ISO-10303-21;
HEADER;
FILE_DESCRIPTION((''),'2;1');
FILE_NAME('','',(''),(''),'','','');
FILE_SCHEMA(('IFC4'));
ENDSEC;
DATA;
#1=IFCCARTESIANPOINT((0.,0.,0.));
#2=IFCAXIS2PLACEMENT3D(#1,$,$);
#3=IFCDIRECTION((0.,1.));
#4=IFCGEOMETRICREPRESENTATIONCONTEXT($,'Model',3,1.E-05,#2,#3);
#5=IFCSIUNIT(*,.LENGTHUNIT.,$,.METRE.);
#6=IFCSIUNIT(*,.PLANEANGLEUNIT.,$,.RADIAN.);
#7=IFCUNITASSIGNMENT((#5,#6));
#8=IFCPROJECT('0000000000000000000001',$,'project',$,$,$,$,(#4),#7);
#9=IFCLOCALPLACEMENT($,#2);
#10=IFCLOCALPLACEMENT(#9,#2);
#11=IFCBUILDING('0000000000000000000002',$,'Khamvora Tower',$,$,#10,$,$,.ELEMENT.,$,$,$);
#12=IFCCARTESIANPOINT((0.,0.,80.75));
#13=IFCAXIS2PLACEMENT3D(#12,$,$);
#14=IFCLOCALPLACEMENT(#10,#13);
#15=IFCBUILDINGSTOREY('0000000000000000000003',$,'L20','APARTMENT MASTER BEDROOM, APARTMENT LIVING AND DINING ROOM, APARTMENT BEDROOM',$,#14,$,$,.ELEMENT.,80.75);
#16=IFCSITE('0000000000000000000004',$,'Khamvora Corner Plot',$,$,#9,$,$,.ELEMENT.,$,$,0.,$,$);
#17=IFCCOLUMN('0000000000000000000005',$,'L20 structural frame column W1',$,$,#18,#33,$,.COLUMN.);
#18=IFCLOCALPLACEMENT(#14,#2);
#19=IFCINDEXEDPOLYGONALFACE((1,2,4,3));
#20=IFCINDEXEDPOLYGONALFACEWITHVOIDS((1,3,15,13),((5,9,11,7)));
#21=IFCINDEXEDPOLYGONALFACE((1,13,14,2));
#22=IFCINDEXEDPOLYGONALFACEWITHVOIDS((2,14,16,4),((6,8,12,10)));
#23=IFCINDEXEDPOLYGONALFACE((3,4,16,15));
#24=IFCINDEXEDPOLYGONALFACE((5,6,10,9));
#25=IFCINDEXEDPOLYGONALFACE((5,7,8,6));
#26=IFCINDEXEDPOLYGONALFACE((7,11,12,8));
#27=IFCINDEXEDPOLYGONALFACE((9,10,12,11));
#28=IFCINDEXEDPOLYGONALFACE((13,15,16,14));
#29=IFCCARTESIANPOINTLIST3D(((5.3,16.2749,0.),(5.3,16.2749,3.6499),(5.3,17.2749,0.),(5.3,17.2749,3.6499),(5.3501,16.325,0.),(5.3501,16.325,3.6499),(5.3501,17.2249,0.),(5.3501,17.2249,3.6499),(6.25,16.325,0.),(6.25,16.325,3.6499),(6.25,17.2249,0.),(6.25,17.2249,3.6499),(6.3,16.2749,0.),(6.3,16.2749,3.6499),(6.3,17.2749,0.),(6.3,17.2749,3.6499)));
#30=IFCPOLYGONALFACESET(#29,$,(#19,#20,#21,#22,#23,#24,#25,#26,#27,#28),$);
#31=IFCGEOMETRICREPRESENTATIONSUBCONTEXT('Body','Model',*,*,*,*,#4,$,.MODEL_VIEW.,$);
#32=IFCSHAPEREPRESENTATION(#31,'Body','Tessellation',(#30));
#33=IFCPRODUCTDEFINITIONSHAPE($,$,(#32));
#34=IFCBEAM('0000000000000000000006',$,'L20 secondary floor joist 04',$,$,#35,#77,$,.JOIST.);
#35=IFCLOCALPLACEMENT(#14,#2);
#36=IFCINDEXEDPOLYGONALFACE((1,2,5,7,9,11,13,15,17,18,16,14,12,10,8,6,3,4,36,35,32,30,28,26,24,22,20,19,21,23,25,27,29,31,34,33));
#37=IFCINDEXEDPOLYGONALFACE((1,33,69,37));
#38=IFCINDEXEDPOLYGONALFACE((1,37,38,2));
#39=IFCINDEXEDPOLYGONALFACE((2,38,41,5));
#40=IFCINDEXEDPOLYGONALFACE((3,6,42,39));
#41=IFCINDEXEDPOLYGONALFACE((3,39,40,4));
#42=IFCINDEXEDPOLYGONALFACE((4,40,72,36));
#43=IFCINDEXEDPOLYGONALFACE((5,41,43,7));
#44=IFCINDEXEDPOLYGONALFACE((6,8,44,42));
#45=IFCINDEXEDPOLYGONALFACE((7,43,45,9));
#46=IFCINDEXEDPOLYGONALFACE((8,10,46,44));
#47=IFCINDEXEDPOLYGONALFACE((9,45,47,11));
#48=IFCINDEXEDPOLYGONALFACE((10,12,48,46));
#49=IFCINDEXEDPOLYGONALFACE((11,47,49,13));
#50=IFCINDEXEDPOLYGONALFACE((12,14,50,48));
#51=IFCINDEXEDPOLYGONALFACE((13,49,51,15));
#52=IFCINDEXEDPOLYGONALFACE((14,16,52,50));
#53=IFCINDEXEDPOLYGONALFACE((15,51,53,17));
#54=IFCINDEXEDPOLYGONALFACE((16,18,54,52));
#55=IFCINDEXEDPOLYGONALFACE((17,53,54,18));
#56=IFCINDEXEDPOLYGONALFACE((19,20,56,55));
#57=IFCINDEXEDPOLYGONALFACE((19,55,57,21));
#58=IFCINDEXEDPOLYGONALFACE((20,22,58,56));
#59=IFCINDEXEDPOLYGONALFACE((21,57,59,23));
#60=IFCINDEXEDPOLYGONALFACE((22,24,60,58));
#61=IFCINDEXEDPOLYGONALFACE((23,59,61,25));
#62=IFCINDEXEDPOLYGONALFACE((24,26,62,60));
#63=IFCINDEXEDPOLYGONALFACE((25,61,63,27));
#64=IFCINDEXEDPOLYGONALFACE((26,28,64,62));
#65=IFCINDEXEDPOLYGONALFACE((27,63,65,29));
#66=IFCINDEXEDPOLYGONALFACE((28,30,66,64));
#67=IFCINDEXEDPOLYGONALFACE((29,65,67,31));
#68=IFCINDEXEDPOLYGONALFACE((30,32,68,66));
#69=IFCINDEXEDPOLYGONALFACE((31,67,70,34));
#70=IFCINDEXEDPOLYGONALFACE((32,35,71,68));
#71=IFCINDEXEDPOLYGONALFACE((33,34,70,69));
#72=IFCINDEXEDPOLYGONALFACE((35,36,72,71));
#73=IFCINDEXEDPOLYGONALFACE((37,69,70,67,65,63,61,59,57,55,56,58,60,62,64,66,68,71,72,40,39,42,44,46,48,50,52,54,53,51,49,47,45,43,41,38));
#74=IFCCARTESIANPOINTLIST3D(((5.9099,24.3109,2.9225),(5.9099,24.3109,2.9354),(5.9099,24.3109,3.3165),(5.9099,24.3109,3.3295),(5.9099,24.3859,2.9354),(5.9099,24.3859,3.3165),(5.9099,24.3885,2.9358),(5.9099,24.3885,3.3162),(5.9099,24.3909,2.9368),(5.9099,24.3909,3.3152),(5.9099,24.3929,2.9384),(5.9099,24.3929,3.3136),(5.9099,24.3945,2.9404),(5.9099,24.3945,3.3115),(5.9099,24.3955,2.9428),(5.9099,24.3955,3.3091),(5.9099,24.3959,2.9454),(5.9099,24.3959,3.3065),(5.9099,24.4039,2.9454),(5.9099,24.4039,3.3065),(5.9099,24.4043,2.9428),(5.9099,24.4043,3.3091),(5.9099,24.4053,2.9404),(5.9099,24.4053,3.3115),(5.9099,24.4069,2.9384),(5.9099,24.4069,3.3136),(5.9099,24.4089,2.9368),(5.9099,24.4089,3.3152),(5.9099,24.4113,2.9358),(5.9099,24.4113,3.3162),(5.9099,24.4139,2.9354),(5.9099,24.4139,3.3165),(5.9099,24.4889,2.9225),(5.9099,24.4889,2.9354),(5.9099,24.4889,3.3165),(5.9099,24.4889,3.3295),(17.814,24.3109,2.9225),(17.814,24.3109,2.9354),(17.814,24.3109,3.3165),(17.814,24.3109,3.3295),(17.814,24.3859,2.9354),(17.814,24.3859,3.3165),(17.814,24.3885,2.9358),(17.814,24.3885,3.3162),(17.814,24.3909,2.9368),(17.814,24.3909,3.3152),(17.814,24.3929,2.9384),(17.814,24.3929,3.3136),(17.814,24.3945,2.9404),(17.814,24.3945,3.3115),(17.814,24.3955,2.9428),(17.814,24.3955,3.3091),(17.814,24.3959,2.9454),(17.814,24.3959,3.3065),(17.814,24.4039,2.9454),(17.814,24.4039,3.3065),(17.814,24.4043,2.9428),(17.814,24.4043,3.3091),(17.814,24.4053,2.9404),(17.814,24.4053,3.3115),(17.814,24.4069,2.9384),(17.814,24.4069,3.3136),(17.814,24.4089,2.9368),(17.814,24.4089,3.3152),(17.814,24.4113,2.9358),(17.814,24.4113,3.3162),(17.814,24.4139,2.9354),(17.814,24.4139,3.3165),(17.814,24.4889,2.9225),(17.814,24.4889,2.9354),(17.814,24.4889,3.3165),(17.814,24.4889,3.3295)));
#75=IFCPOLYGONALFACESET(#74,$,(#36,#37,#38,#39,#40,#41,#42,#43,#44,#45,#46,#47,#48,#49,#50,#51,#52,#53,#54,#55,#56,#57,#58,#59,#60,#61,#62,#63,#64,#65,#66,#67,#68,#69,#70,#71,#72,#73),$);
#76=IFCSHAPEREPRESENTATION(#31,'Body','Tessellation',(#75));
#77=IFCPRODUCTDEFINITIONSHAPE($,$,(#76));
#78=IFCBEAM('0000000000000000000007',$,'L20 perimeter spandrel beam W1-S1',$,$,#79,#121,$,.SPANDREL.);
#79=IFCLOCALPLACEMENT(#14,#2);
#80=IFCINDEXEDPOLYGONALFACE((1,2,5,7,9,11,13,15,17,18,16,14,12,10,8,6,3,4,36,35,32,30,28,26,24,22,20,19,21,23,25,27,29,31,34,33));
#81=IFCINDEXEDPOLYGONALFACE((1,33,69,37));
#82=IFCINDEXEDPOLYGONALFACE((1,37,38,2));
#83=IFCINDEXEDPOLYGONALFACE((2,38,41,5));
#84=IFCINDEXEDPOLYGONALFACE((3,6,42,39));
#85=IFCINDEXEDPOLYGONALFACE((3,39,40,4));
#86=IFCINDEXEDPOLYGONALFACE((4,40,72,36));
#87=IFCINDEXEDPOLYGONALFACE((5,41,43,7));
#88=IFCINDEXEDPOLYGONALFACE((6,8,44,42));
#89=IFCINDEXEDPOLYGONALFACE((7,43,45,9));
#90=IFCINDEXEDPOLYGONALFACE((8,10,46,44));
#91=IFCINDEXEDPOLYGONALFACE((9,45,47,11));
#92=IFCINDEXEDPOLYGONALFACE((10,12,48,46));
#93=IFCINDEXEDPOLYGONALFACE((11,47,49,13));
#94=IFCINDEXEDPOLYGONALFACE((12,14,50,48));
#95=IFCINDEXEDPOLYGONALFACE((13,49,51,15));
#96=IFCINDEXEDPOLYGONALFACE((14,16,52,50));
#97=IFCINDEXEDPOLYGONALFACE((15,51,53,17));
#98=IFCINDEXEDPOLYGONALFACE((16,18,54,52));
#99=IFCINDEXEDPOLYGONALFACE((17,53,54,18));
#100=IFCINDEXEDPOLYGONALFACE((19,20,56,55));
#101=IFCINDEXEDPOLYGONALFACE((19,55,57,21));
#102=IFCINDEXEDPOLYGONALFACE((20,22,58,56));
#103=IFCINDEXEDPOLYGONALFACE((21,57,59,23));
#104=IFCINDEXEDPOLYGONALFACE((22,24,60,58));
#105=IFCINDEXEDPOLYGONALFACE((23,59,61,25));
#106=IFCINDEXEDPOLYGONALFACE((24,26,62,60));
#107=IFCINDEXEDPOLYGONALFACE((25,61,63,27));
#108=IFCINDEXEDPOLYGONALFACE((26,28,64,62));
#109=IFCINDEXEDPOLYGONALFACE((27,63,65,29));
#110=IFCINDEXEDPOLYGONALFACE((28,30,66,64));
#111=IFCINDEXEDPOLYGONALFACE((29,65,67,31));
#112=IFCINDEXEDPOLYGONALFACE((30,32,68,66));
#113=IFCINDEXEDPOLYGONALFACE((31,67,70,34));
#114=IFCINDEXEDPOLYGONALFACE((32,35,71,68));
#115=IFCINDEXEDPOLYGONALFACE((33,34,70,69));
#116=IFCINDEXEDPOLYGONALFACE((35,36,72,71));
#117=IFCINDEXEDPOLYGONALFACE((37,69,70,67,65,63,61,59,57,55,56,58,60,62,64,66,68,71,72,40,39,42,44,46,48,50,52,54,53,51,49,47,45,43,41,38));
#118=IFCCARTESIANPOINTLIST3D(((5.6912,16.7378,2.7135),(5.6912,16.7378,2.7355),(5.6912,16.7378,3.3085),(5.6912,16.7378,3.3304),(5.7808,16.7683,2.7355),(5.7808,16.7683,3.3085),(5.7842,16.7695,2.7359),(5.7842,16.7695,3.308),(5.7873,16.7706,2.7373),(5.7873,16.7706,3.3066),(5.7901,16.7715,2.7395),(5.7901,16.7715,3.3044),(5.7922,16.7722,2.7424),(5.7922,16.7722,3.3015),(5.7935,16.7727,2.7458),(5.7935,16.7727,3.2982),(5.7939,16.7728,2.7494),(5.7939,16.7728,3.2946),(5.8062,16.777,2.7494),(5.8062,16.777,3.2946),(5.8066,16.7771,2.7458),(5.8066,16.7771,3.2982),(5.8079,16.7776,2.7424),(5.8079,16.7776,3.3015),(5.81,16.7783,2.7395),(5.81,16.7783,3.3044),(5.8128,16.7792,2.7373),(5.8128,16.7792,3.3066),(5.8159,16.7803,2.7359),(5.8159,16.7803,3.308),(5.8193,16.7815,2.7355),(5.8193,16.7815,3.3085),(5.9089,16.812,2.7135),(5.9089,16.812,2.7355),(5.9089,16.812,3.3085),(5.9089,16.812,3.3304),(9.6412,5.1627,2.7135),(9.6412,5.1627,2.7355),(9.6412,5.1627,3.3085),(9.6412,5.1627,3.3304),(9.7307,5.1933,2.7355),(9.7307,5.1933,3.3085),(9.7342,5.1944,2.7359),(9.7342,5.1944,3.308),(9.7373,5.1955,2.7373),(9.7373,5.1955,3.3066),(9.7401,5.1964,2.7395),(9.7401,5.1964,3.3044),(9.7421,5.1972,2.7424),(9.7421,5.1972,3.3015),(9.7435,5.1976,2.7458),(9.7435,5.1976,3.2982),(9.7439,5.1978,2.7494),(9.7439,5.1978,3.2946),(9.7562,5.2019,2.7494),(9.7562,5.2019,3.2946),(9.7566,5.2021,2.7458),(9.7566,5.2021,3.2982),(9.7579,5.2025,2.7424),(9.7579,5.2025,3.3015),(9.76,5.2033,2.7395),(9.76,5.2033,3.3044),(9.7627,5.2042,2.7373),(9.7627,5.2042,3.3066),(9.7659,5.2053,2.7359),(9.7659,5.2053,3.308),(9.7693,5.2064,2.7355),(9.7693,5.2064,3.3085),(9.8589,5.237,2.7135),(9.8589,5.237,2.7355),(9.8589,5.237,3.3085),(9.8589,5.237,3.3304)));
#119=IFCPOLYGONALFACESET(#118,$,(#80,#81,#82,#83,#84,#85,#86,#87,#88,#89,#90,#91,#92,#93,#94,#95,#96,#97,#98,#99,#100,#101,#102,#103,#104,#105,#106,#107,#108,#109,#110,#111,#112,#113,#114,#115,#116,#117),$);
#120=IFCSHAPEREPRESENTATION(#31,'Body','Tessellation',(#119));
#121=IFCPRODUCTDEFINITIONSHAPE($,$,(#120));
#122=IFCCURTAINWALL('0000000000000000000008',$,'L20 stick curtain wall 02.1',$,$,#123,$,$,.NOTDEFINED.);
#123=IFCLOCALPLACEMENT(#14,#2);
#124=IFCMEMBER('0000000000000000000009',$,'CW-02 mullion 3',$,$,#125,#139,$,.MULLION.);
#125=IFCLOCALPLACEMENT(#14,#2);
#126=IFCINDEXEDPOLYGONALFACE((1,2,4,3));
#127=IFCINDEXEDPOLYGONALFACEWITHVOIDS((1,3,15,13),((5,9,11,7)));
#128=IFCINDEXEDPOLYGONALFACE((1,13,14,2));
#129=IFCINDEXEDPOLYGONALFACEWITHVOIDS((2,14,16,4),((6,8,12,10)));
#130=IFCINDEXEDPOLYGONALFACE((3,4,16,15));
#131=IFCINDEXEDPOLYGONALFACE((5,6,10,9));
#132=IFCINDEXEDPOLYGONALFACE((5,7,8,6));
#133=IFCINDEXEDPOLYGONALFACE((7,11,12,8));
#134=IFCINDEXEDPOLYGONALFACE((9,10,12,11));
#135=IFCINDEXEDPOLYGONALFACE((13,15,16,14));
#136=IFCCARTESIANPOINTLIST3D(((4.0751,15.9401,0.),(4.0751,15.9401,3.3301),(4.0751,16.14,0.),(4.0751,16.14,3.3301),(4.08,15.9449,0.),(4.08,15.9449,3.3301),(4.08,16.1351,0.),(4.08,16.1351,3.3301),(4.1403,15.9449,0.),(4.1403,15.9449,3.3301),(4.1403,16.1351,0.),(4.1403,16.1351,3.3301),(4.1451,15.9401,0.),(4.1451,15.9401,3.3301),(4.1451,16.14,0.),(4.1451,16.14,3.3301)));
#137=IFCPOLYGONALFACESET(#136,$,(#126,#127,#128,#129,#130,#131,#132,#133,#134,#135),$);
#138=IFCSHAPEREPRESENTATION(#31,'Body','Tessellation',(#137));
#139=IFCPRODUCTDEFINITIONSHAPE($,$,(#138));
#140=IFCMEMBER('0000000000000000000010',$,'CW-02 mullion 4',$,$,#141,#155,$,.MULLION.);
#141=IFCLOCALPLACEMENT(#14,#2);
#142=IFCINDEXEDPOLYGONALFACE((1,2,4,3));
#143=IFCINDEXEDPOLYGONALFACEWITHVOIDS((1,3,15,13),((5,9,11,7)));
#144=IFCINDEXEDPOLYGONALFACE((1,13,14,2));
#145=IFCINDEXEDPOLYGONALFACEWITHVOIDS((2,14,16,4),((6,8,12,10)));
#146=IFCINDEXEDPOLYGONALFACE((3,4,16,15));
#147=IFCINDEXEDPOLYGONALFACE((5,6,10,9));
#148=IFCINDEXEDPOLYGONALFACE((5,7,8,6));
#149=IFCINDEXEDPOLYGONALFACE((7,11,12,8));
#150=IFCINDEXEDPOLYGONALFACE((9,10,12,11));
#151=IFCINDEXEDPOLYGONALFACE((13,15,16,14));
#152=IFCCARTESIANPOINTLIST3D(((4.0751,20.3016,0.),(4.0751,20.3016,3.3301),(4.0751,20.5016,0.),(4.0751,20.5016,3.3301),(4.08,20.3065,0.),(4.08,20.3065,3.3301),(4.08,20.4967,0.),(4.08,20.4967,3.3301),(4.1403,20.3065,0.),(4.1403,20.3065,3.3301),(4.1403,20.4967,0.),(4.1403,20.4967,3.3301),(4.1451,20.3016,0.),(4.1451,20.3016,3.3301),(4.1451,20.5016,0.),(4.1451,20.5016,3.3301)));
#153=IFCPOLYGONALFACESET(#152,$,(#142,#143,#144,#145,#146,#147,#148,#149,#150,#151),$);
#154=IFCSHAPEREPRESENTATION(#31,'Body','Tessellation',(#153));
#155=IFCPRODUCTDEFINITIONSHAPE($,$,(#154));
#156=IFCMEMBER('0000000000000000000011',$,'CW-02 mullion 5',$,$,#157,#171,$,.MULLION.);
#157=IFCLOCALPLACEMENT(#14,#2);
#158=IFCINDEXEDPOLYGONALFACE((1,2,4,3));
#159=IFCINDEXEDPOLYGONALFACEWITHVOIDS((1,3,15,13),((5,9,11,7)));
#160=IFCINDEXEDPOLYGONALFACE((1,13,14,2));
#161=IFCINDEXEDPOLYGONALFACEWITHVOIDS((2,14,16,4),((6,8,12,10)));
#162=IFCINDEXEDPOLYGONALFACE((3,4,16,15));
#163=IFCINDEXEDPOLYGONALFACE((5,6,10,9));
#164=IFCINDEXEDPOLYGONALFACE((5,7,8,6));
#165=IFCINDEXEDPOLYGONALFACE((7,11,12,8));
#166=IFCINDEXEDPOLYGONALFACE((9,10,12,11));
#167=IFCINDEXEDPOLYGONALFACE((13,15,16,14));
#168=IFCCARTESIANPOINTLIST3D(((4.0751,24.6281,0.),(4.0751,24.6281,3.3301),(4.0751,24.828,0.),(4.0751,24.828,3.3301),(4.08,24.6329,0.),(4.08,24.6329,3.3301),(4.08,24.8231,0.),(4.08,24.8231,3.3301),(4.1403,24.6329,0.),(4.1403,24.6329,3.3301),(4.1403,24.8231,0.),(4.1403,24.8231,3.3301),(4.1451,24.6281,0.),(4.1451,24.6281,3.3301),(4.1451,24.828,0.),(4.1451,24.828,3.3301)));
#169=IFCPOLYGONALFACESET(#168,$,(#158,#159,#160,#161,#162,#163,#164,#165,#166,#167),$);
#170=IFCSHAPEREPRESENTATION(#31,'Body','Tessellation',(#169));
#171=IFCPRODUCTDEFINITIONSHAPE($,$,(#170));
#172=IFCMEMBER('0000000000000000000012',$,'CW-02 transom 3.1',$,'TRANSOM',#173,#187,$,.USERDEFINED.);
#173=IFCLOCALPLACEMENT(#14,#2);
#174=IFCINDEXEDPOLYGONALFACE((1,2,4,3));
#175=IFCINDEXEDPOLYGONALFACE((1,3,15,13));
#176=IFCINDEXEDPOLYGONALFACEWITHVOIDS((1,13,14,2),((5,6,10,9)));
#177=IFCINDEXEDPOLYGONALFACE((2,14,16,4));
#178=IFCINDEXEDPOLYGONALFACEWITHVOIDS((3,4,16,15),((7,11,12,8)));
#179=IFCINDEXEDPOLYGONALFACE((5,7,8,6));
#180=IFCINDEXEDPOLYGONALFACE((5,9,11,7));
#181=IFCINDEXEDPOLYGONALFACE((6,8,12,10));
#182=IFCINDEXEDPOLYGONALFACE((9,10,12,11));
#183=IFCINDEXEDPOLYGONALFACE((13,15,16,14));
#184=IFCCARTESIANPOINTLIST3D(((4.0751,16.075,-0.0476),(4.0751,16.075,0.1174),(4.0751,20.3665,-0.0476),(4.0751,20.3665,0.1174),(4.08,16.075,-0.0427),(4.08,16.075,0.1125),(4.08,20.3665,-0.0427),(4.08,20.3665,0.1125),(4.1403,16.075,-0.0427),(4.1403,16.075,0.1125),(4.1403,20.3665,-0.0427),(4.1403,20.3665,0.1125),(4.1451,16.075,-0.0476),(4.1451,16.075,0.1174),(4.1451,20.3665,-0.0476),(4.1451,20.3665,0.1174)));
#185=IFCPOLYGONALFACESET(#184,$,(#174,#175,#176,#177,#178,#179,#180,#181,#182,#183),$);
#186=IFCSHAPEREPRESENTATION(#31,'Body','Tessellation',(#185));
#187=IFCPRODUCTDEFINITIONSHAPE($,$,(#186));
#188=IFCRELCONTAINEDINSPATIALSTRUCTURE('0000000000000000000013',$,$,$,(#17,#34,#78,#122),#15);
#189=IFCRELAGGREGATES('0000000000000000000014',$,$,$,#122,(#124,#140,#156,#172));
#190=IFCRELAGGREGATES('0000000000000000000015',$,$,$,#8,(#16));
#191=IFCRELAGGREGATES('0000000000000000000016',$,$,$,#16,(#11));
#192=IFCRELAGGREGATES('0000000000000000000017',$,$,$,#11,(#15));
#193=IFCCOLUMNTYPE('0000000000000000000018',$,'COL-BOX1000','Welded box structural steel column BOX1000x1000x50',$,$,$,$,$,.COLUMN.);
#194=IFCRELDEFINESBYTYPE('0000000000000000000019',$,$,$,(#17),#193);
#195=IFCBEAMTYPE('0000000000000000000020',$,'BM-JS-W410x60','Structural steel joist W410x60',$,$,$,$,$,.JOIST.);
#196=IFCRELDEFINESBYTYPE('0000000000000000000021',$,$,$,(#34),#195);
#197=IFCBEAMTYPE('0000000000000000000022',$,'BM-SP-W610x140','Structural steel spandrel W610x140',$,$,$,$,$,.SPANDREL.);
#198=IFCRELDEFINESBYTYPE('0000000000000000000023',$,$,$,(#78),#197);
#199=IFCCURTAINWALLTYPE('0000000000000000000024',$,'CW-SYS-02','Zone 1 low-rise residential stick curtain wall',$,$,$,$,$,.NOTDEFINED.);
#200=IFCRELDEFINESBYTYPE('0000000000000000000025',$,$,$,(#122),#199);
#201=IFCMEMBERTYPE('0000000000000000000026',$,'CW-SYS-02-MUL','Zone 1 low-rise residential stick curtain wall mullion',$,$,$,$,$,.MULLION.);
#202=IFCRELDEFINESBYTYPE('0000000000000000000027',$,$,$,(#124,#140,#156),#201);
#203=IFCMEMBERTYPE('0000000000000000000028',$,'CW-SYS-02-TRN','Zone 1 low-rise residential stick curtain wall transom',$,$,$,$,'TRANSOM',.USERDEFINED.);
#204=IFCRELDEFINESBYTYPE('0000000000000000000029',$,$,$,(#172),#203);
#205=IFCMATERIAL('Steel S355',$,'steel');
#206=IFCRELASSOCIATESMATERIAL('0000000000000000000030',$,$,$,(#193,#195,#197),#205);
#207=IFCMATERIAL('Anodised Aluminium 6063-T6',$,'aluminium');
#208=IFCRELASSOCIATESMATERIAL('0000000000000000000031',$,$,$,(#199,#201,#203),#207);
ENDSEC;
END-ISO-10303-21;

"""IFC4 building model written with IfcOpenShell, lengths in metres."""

from ifc_helpers import new_model, si_unit, direction, frame, origin, origin_2d, place, context, subcontext, project, spatial, hollow_rectangle, i_section, extrude, material, material_profile, profile_set, type_object, element, aggregate, save


model = new_model("IFC4")

# Units and contexts
model_context = context("Model", 3, precision=1e-05, world=origin(), true_north=direction((0.0, 1.0)))
body_context = subcontext(model_context, "Body", "Model", "MODEL_VIEW")
ifc_project = project(units=[si_unit("LENGTHUNIT", "METRE"), si_unit("PLANEANGLEUNIT", "RADIAN")], contexts=[model_context])

# Site, building, storey
site_placement = place(None, origin())
site = spatial("IfcSite", under=ifc_project, at=site_placement, Name="Khamvora Corner Plot", CompositionType="ELEMENT", RefElevation=0.0)
building_placement = place(site_placement, origin())
building = spatial("IfcBuilding", under=site, at=building_placement, Name="Khamvora Tower", CompositionType="ELEMENT")
storey_placement = place(building_placement, frame((0.0, 0.0, 80.75)))
storey = spatial("IfcBuildingStorey", under=building, at=storey_placement, Name="L20", Description="APARTMENT MASTER BEDROOM, APARTMENT LIVING AND DINING ROOM, APARTMENT BEDROOM", CompositionType="ELEMENT", Elevation=80.75)

# Column
ifc_material_1 = material(Name="Steel S355", Category="steel")
ifc_material_profile_1 = material_profile(ifc_material_1, hollow_rectangle(XDim=1.0, YDim=1.0, WallThickness=0.05, at=origin_2d()), Name="BOX1000x1000x50")
ifc_profile_set_1 = profile_set([ifc_material_profile_1], Name="Steel S355")
column_type = type_object("IfcColumnType", Name="COL-BOX1000", Description="Welded box structural steel column BOX1000x1000x50", PredefinedType="COLUMN", material=ifc_profile_set_1)
column_placement = place(storey_placement, frame((5.8, 16.7749, 0.0), z_axis=(0.0, 0.0, 1.0), x_axis=(1.0, 0.0, 0.0)))
element("IfcColumn", 1, at=column_placement, inside=storey, type_object=column_type, Name="L20 structural frame column W1", PredefinedType="COLUMN", context=body_context, shape_type="SweptSolid", body=[
    extrude(hollow_rectangle(XDim=1.0, YDim=1.0, WallThickness=0.05, at=origin_2d()), origin(), (0.0, 0.0, 1.0), 3.6499),
])

# Beams
ifc_material_profile_2 = material_profile(ifc_material_1, i_section(OverallWidth=0.178, OverallDepth=0.407, WebThickness=0.0081, FlangeThickness=0.0129, FilletRadius=0.01, at=origin_2d()), Name="W410x60")
ifc_profile_set_2 = profile_set([ifc_material_profile_2], Name="Steel S355")
beam_type_1 = type_object("IfcBeamType", Name="BM-JS-W410x60", Description="Structural steel joist W410x60", PredefinedType="JOIST", material=ifc_profile_set_2)
beam_1_placement = place(storey_placement, frame((5.9099, 24.3999, 3.126), z_axis=(1.0, 0.0, 0.0), x_axis=(0.0, 1.0, 0.0)))
element("IfcBeam", 2, at=beam_1_placement, inside=storey, type_object=beam_type_1, Name="L20 secondary floor joist 04", PredefinedType="JOIST", context=body_context, shape_type="SweptSolid", body=[
    extrude(i_section(OverallWidth=0.178, OverallDepth=0.407, WebThickness=0.0081, FlangeThickness=0.0129, FilletRadius=0.01, at=origin_2d()), origin(), (0.0, 0.0, 1.0), 11.9041),
])
ifc_material_profile_3 = material_profile(ifc_material_1, i_section(OverallWidth=0.23, OverallDepth=0.6169, WebThickness=0.0129, FlangeThickness=0.022, FilletRadius=0.0139, at=origin_2d()), Name="W610x140")
ifc_profile_set_3 = profile_set([ifc_material_profile_3], Name="Steel S355")
beam_type_2 = type_object("IfcBeamType", Name="BM-SP-W610x140", Description="Structural steel spandrel W610x140", PredefinedType="SPANDREL", material=ifc_profile_set_3)
beam_2_placement = place(storey_placement, frame((5.8, 16.7749, 3.022), z_axis=(0.322963, -0.946412, 0.0), x_axis=(0.946412, 0.322963, 0.0)))
element("IfcBeam", 3, at=beam_2_placement, inside=storey, type_object=beam_type_2, Name="L20 perimeter spandrel beam W1-S1", PredefinedType="SPANDREL", context=body_context, shape_type="SweptSolid", body=[
    extrude(i_section(OverallWidth=0.23, OverallDepth=0.6169, WebThickness=0.0129, FlangeThickness=0.022, FilletRadius=0.0139, at=origin_2d()), origin(), (0.0, 0.0, 1.0), 12.2305),
])

# Curtain wall, members
ifc_material_2 = material(Name="Anodised Aluminium 6063-T6", Category="aluminium")
curtain_wall_type = type_object("IfcCurtainWallType", Name="CW-SYS-02", Description="Zone 1 low-rise residential stick curtain wall", PredefinedType="NOTDEFINED", material=ifc_material_2)
curtain_wall_placement = place(storey_placement, origin())
curtain_wall = element("IfcCurtainWall", 4, at=curtain_wall_placement, inside=storey, type_object=curtain_wall_type, Name="L20 stick curtain wall 02.1", PredefinedType="NOTDEFINED")
ifc_material_profile_4 = material_profile(ifc_material_2, hollow_rectangle(XDim=0.0701, YDim=0.2, WallThickness=0.0049, at=origin_2d()), Name="MUL70x200x5")
ifc_profile_set_4 = profile_set([ifc_material_profile_4], Name="Anodised Aluminium 6063-T6")
member_type_1 = type_object("IfcMemberType", Name="CW-SYS-02-MUL", Description="Zone 1 low-rise residential stick curtain wall mullion", PredefinedType="MULLION", material=ifc_profile_set_4)
member_1_placement = place(storey_placement, frame((4.1101, 16.04, 0.0), z_axis=(0.0, 0.0, 1.0), x_axis=(-1.0, 0.0, 0.0)))
member_1 = element("IfcMember", 5, at=member_1_placement, type_object=member_type_1, Name="CW-02 mullion 3", PredefinedType="MULLION", context=body_context, shape_type="SweptSolid", body=[
    extrude(hollow_rectangle(XDim=0.0701, YDim=0.2, WallThickness=0.0049, at=origin_2d()), origin(), (0.0, 0.0, 1.0), 3.3301),
])
member_2_placement = place(storey_placement, frame((4.1101, 20.4016, 0.0), z_axis=(0.0, 0.0, 1.0), x_axis=(-1.0, 0.0, 0.0)))
member_2 = element("IfcMember", 6, at=member_2_placement, type_object=member_type_1, Name="CW-02 mullion 4", PredefinedType="MULLION", context=body_context, shape_type="SweptSolid", body=[
    extrude(hollow_rectangle(XDim=0.0701, YDim=0.2, WallThickness=0.0049, at=origin_2d()), origin(), (0.0, 0.0, 1.0), 3.3301),
])
member_3_placement = place(storey_placement, frame((4.1101, 24.728, 0.0), z_axis=(0.0, 0.0, 1.0), x_axis=(-1.0, 0.0, 0.0)))
member_3 = element("IfcMember", 7, at=member_3_placement, type_object=member_type_1, Name="CW-02 mullion 5", PredefinedType="MULLION", context=body_context, shape_type="SweptSolid", body=[
    extrude(hollow_rectangle(XDim=0.0701, YDim=0.2, WallThickness=0.0049, at=origin_2d()), origin(), (0.0, 0.0, 1.0), 3.3301),
])
ifc_material_profile_5 = material_profile(ifc_material_2, hollow_rectangle(XDim=0.0701, YDim=0.165, WallThickness=0.0049, at=origin_2d()), Name="TRN70x165x5")
ifc_profile_set_5 = profile_set([ifc_material_profile_5], Name="Anodised Aluminium 6063-T6")
member_type_2 = type_object("IfcMemberType", Name="CW-SYS-02-TRN", Description="Zone 1 low-rise residential stick curtain wall transom", ElementType="TRANSOM", PredefinedType="USERDEFINED", material=ifc_profile_set_5)
member_4_placement = place(storey_placement, frame((4.1101, 16.075, 0.0349), z_axis=(0.0, 1.0, 0.0), x_axis=(-1.0, 0.0, 0.0)))
member_4 = element("IfcMember", 8, at=member_4_placement, type_object=member_type_2, Name="CW-02 transom 3.1", ObjectType="TRANSOM", PredefinedType="USERDEFINED", context=body_context, shape_type="SweptSolid", body=[
    extrude(hollow_rectangle(XDim=0.0701, YDim=0.165, WallThickness=0.0049, at=origin_2d()), origin(), (0.0, 0.0, 1.0), 4.2915),
])
aggregate(curtain_wall, [member_1, member_2, member_3, member_4])

save(model, "model.ifc")
